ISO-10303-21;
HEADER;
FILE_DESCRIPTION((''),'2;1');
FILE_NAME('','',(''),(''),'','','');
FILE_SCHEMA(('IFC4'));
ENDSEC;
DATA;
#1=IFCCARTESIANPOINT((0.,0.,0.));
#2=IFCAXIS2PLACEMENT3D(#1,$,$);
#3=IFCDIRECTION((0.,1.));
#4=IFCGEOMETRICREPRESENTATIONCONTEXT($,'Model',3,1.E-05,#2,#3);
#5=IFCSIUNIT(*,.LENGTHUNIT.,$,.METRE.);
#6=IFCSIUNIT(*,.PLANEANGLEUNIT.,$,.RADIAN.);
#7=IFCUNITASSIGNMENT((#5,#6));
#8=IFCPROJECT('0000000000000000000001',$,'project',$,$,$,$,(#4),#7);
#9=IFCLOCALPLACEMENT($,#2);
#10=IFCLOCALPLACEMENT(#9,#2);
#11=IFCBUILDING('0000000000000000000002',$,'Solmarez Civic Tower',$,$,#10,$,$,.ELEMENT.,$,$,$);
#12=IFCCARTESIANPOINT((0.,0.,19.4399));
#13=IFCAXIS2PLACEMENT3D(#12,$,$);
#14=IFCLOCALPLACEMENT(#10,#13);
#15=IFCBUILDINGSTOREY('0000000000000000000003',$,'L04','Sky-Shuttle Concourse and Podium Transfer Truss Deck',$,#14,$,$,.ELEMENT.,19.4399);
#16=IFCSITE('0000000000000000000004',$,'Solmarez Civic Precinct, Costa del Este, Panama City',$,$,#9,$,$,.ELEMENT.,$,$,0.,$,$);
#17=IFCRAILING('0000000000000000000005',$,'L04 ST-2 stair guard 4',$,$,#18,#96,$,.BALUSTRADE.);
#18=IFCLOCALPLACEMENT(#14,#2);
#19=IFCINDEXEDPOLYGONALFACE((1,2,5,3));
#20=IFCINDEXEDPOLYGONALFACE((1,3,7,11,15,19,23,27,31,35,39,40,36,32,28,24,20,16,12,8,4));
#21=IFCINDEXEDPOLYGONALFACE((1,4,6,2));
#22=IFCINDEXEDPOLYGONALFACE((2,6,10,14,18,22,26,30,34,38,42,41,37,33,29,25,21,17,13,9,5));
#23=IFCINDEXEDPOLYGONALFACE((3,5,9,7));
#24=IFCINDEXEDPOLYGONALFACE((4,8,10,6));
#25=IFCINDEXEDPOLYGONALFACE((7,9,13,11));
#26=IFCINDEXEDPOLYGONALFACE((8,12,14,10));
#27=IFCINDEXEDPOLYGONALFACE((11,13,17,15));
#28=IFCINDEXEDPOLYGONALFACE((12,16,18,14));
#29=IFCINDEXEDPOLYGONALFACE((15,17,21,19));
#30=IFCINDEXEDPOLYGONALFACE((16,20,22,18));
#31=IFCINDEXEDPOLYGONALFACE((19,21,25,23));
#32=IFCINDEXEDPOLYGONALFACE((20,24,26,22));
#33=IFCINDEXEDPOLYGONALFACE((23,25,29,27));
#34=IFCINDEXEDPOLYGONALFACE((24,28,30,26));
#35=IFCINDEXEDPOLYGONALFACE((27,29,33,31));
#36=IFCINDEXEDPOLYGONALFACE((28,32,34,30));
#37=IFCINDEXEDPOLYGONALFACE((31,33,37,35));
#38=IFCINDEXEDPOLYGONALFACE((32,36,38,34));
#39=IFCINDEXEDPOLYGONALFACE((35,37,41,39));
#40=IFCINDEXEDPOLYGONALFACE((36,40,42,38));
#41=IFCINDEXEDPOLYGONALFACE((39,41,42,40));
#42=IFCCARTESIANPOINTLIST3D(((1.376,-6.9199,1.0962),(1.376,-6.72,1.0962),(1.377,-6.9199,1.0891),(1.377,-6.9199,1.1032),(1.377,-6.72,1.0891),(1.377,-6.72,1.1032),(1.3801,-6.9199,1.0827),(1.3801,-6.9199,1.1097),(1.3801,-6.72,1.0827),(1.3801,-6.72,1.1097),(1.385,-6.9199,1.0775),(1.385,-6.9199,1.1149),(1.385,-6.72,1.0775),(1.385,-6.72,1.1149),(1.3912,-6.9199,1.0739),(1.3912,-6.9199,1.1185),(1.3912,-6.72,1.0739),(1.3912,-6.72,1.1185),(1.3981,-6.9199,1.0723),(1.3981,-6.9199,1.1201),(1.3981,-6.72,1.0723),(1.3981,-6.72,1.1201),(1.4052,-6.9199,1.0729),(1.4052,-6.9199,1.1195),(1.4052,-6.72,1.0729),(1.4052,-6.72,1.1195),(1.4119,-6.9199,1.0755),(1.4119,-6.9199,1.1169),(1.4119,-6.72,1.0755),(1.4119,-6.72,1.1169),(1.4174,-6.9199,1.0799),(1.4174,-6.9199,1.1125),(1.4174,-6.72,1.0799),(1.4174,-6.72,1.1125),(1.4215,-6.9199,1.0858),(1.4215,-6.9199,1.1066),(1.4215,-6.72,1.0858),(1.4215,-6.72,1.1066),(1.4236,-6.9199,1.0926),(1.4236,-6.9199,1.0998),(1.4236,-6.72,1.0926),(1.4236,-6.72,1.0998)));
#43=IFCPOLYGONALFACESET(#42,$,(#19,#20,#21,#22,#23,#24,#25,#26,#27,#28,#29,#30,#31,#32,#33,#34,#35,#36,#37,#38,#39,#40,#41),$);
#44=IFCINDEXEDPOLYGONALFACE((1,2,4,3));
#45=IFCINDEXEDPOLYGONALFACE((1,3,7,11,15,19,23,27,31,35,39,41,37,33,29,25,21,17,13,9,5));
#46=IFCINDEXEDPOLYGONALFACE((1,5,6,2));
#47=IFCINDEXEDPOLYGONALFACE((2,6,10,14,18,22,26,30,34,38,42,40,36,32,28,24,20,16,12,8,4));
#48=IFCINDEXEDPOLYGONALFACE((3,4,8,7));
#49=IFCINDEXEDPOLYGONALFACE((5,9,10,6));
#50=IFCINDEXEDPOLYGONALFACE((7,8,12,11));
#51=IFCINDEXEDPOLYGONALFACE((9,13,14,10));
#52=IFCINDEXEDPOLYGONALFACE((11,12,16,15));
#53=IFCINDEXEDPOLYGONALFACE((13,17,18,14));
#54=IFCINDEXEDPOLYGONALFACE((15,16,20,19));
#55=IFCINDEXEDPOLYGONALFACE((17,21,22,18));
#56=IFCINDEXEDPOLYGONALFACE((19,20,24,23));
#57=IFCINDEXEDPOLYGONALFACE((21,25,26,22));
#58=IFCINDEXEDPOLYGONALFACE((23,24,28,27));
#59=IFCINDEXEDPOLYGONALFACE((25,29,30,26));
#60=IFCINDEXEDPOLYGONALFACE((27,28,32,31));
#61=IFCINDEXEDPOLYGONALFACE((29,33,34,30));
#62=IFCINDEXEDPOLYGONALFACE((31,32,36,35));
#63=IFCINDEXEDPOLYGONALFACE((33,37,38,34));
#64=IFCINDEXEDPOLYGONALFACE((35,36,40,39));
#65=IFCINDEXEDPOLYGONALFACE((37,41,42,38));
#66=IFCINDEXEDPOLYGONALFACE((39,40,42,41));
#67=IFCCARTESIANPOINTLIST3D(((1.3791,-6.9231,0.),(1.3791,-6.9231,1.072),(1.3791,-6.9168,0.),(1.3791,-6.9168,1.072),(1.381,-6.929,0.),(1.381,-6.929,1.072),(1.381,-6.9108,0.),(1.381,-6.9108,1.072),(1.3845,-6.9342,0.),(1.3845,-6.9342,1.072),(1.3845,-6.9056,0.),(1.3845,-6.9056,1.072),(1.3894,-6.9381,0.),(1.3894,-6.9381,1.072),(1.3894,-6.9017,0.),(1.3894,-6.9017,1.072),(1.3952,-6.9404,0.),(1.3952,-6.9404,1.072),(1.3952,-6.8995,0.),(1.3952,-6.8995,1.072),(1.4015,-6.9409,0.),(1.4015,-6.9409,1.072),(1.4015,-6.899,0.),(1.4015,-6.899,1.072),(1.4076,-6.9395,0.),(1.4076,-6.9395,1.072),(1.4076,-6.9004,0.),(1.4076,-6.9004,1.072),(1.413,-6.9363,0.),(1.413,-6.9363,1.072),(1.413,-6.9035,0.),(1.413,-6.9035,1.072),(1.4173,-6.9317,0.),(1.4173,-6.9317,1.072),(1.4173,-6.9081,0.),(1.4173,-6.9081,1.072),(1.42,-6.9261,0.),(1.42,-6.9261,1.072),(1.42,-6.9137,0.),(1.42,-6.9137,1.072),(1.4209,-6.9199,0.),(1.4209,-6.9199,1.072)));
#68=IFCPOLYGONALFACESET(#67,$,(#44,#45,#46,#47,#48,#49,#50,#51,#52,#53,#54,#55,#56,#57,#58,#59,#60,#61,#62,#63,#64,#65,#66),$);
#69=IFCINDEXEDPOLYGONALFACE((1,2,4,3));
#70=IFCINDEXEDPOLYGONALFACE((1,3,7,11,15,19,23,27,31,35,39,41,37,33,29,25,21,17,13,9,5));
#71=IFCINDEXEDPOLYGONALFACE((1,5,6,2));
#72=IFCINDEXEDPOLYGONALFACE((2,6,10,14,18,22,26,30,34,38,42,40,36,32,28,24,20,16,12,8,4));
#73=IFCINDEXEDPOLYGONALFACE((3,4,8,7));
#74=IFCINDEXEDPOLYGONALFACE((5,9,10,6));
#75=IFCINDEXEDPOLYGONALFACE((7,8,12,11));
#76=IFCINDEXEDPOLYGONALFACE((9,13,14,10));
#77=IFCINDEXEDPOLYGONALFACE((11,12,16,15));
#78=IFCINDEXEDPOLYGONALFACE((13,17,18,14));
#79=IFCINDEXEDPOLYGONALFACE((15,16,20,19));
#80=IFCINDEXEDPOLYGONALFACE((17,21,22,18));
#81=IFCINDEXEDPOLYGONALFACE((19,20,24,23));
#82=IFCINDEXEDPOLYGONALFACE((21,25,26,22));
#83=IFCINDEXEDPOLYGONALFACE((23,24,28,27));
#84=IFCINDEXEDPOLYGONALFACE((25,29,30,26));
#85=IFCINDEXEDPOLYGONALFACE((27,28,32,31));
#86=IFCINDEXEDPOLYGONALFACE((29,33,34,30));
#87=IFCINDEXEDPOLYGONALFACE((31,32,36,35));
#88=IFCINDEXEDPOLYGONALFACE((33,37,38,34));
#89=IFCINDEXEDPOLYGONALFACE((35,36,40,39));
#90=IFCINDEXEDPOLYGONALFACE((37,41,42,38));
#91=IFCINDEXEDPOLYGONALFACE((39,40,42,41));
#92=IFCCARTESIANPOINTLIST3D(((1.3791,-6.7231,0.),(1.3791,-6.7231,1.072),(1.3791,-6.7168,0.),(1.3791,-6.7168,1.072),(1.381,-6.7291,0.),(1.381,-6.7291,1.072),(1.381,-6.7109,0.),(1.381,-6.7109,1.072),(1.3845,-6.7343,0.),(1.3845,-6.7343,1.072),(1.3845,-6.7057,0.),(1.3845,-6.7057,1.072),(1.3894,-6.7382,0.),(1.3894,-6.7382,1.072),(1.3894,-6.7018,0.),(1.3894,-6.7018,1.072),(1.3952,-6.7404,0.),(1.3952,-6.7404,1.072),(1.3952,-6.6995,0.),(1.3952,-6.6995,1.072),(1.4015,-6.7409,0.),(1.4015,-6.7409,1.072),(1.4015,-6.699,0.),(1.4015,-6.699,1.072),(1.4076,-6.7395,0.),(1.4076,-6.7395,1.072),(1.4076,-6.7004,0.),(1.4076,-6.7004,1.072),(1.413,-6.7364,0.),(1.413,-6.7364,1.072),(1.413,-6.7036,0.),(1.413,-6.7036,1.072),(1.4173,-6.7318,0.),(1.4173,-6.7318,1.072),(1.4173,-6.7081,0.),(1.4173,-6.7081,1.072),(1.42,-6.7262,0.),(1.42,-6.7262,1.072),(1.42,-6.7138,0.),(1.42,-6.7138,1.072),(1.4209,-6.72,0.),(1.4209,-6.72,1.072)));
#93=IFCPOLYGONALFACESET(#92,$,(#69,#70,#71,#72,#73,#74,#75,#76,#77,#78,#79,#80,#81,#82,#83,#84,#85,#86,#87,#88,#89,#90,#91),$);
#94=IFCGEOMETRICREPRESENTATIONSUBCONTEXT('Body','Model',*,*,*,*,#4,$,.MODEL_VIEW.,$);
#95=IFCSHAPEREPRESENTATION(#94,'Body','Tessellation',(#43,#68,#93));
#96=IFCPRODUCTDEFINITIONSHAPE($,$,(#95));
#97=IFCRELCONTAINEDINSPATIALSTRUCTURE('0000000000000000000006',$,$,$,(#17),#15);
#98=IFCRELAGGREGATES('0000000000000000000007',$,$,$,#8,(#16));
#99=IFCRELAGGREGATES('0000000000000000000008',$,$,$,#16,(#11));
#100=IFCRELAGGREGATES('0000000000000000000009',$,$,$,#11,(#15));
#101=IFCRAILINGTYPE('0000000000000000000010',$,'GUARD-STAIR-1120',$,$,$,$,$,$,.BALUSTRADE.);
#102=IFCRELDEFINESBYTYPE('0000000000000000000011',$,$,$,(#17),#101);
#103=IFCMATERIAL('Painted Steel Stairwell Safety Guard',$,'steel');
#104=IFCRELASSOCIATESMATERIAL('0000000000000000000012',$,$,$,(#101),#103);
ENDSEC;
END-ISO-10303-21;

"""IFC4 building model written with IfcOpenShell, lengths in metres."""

from ifc_helpers import new_model, si_unit, direction, frame, origin, origin_2d, place, context, subcontext, project, spatial, circle, extrude, material, type_object, element, save


model = new_model("IFC4")

# Units and contexts
model_context = context("Model", 3, precision=1e-05, world=origin(), true_north=direction((0.0, 1.0)))
body_context = subcontext(model_context, "Body", "Model", "MODEL_VIEW")
ifc_project = project(units=[si_unit("LENGTHUNIT", "METRE"), si_unit("PLANEANGLEUNIT", "RADIAN")], contexts=[model_context])

# Site, building, storey
site_placement = place(None, origin())
site = spatial("IfcSite", under=ifc_project, at=site_placement, Name="Solmarez Civic Precinct, Costa del Este, Panama City", CompositionType="ELEMENT", RefElevation=0.0)
building_placement = place(site_placement, origin())
building = spatial("IfcBuilding", under=site, at=building_placement, Name="Solmarez Civic Tower", CompositionType="ELEMENT")
storey_placement = place(building_placement, frame((0.0, 0.0, 19.4399)))
storey = spatial("IfcBuildingStorey", under=building, at=storey_placement, Name="L04", Description="Sky-Shuttle Concourse and Podium Transfer Truss Deck", CompositionType="ELEMENT", Elevation=19.4399)

# Railing
ifc_material_1 = material(Name="Painted Steel Stairwell Safety Guard", Category="steel")
railing_type_1 = type_object("IfcRailingType", Name="GUARD-STAIR-1120", PredefinedType="BALUSTRADE", material=ifc_material_1)
railing_1_placement = place(storey_placement, frame((1.3999, -6.9199, 0.0)))
element("IfcRailing", 1, at=railing_1_placement, inside=storey, type_object=railing_type_1, Name="L04 ST-2 stair guard 4", PredefinedType="BALUSTRADE", context=body_context, shape_type="SweptSolid", body=[
    extrude(circle(Radius=0.0239, at=origin_2d()), frame((0.0, 0.0, 1.0962), z_axis=(0.0, 1.0, 0.0), x_axis=(-1.0, 0.0, 0.0)), (0.0, 0.0, 1.0), 0.2),
    extrude(circle(Radius=0.021, at=origin_2d()), origin(), (0.0, 0.0, 1.0), 1.072),
    extrude(circle(Radius=0.021, at=origin_2d()), frame((0.0, 0.2, 0.0)), (0.0, 0.0, 1.0), 1.072),
])

save(model, "model.ifc")
